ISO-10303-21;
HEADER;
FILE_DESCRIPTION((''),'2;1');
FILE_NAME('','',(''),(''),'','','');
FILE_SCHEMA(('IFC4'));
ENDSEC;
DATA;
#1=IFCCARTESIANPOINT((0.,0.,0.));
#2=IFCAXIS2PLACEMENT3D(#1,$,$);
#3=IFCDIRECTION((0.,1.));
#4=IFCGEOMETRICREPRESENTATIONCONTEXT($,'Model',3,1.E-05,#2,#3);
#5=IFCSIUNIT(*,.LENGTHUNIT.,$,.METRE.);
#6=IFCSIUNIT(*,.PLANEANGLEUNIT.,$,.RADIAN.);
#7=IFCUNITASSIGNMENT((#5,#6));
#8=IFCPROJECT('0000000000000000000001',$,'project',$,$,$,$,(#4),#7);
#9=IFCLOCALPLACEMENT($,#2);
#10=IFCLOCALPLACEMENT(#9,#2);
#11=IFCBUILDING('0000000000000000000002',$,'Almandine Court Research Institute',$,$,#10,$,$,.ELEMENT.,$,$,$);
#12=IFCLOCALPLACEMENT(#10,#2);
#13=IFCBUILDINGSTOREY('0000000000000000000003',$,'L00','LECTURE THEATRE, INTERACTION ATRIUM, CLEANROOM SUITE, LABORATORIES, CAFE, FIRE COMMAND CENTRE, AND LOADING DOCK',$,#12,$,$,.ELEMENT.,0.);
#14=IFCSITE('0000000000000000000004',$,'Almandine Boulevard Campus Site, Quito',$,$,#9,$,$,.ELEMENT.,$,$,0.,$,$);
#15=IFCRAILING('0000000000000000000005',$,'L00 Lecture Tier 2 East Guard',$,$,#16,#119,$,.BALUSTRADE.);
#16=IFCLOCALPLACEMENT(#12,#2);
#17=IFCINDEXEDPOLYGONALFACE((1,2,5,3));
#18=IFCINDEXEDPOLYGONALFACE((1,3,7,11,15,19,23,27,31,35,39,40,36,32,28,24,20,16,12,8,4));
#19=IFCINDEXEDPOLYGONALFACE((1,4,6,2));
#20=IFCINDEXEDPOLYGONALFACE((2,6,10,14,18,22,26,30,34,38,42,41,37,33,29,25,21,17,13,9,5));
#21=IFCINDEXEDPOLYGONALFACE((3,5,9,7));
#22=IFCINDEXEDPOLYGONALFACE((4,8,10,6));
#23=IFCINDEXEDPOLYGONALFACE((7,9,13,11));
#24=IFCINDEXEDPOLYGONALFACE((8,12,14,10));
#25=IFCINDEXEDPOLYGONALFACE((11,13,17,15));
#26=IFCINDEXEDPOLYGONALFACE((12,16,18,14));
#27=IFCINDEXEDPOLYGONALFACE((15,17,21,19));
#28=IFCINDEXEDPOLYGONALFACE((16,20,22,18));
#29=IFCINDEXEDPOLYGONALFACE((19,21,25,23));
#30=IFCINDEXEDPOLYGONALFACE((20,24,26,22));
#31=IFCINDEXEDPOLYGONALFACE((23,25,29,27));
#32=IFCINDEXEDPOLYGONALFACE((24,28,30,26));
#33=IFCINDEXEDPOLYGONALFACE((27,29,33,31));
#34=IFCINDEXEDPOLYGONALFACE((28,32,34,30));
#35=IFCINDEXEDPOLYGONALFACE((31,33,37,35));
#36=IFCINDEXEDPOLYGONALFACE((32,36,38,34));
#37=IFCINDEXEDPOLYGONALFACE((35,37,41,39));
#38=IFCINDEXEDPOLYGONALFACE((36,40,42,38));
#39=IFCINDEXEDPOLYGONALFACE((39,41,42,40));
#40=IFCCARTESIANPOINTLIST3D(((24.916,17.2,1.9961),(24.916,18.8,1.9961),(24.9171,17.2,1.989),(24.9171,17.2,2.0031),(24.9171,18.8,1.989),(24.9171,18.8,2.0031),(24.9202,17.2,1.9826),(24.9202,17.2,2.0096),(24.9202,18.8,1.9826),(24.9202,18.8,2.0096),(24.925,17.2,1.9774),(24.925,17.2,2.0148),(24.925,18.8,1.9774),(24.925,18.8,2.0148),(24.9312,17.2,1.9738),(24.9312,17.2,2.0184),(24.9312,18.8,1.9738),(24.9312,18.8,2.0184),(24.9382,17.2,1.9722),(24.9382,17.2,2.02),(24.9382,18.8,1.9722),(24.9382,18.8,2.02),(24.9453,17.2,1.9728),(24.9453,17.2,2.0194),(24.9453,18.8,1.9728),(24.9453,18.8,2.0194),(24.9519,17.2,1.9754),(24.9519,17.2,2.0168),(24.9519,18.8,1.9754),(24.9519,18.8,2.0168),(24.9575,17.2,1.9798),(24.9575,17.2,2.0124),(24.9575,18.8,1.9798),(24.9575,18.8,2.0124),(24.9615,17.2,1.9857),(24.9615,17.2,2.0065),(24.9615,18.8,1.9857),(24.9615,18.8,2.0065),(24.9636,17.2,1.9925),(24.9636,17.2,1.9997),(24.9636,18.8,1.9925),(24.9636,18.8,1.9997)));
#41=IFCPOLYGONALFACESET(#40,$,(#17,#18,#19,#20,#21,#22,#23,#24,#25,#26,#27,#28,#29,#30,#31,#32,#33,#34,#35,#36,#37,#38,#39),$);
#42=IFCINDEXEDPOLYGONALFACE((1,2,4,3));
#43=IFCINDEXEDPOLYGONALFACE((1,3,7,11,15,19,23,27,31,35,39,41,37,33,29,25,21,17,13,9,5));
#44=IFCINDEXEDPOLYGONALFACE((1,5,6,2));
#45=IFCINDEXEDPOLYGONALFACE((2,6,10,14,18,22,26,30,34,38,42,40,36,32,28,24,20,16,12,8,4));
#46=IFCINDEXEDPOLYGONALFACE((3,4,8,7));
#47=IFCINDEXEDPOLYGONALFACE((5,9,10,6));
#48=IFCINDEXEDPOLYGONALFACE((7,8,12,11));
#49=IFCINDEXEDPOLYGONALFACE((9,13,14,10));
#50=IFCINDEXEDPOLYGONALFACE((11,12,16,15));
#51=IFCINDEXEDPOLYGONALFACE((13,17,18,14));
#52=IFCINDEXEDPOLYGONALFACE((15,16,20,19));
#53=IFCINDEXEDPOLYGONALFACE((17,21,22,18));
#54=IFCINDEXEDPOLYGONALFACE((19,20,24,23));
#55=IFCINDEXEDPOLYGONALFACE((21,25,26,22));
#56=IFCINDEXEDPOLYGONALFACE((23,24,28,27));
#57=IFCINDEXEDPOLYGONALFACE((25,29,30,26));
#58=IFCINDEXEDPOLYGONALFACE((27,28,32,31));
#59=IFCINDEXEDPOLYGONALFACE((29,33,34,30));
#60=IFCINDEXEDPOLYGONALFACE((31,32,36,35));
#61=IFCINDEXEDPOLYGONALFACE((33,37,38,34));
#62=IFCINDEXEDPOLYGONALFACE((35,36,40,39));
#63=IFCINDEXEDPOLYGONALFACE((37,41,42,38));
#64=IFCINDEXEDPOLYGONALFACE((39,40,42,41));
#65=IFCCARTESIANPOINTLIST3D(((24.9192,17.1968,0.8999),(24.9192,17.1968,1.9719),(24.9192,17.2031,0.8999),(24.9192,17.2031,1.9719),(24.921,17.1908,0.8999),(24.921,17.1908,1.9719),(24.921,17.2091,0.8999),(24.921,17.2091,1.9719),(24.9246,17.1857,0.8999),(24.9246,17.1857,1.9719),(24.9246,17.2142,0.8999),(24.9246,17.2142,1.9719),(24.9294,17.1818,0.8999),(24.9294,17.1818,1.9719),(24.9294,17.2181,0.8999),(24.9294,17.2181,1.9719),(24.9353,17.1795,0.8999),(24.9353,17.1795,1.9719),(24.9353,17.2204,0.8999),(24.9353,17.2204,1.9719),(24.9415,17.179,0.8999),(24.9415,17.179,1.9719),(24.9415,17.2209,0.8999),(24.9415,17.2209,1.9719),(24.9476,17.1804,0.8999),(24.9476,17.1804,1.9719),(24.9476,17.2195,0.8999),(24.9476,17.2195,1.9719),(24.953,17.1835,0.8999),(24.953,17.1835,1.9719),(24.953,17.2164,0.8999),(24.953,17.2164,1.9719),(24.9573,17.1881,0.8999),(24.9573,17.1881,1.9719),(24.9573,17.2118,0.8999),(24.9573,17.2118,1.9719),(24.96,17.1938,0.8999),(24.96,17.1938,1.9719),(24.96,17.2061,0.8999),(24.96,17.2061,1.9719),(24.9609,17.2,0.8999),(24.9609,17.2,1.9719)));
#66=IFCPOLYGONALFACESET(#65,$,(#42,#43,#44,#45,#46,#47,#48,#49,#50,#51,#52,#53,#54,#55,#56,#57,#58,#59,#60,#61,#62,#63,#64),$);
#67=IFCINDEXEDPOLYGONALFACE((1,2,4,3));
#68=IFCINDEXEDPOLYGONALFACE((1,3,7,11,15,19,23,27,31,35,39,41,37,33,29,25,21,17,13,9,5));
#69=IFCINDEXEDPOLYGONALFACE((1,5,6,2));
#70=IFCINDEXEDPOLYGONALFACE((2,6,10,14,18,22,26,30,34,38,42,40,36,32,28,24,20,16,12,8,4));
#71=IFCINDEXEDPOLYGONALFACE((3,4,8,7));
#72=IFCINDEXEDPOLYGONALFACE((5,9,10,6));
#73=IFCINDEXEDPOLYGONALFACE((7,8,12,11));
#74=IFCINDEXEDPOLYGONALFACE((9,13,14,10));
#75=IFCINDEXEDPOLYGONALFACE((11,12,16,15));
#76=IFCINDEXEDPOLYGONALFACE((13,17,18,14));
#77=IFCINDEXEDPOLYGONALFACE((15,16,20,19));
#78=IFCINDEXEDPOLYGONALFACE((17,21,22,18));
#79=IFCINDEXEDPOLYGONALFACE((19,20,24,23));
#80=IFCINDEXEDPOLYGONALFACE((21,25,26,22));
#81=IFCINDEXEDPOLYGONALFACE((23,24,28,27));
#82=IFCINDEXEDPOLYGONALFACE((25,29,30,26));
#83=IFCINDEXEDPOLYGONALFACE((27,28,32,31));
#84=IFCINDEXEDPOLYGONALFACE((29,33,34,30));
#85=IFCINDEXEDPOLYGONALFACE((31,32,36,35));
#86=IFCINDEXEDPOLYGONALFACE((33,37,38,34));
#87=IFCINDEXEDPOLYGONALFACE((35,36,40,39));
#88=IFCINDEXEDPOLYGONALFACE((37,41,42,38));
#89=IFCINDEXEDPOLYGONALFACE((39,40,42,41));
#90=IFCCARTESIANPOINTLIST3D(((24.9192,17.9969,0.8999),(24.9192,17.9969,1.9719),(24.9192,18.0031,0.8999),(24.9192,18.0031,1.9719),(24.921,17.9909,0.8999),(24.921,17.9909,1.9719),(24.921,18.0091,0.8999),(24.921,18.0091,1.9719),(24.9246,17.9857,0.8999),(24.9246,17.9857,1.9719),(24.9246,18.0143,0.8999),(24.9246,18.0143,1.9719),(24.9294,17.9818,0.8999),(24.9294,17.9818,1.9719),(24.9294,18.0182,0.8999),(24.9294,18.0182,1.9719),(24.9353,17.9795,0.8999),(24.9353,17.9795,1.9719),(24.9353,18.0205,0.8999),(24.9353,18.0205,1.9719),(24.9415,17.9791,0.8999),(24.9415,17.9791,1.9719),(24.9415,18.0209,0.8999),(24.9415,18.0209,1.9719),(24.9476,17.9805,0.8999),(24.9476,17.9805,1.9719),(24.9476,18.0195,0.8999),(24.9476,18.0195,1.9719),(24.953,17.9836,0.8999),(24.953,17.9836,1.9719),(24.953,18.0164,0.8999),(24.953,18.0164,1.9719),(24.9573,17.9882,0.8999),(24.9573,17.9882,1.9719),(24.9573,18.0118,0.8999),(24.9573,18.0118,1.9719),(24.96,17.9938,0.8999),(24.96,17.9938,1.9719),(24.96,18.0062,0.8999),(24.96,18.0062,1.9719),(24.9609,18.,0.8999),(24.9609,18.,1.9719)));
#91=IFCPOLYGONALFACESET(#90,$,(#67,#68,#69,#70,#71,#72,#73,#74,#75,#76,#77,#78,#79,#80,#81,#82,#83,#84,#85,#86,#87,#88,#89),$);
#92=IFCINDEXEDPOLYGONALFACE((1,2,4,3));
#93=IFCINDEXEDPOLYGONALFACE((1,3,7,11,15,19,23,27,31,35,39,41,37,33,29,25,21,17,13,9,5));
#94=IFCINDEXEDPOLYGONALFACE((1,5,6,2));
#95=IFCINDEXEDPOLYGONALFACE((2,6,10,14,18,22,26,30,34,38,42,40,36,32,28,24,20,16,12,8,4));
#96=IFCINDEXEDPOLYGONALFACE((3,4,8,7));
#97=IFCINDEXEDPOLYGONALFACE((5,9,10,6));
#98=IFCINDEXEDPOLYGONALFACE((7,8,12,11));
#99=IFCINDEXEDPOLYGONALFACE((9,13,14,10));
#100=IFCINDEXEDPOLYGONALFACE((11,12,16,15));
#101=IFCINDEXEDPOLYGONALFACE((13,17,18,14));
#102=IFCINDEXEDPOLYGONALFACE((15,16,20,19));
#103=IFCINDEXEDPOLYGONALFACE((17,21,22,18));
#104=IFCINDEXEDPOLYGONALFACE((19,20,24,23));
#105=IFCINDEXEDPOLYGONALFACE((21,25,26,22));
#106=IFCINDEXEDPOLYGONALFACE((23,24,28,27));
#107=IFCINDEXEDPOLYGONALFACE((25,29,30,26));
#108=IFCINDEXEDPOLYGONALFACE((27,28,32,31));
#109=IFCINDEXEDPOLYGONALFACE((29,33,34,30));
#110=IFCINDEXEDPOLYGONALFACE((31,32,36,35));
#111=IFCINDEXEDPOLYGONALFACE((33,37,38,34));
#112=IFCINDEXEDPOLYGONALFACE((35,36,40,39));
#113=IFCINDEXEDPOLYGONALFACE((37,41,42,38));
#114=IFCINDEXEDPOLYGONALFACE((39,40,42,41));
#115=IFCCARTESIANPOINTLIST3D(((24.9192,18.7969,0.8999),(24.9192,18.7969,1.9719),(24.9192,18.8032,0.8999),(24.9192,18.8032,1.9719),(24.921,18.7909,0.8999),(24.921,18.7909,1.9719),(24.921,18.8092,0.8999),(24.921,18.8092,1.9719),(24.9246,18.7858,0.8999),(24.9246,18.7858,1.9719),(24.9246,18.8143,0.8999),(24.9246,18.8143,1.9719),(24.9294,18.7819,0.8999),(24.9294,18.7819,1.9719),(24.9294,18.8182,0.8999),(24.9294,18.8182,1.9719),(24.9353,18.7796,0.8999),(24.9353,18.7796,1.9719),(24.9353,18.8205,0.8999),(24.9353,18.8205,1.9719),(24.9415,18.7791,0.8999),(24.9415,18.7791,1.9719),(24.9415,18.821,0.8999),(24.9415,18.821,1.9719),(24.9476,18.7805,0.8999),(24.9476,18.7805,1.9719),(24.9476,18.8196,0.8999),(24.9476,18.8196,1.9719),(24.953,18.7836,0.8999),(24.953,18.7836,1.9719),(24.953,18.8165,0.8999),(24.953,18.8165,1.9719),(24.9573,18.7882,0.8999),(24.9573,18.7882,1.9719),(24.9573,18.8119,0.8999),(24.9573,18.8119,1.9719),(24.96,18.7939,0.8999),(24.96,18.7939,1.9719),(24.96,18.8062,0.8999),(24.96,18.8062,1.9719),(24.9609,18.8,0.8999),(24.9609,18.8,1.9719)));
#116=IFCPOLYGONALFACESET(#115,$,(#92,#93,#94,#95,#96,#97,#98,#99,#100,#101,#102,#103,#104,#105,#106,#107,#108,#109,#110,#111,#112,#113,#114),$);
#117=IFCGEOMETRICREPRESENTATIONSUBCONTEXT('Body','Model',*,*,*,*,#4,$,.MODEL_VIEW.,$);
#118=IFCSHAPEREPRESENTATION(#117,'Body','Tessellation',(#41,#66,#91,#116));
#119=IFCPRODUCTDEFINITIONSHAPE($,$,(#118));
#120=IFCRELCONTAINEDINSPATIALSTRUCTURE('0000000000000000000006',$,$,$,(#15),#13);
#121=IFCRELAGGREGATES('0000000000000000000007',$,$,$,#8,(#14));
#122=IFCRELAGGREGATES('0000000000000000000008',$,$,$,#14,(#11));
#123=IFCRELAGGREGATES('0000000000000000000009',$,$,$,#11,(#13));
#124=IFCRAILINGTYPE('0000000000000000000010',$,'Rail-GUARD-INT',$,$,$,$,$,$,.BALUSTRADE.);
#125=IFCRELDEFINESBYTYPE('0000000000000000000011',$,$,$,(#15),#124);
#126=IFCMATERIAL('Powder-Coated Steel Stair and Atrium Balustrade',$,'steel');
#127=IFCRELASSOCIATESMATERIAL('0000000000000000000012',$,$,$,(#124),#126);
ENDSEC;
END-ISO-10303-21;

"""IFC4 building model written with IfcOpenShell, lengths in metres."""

from ifc_helpers import new_model, si_unit, direction, frame, origin, origin_2d, place, context, subcontext, project, spatial, circle, extrude, material, type_object, element, save


model = new_model("IFC4")

# Units and contexts
model_context = context("Model", 3, precision=1e-05, world=origin(), true_north=direction((0.0, 1.0)))
body_context = subcontext(model_context, "Body", "Model", "MODEL_VIEW")
ifc_project = project(units=[si_unit("LENGTHUNIT", "METRE"), si_unit("PLANEANGLEUNIT", "RADIAN")], contexts=[model_context])

# Site, building, storey
site_placement = place(None, origin())
site = spatial("IfcSite", under=ifc_project, at=site_placement, Name="Almandine Boulevard Campus Site, Quito", CompositionType="ELEMENT", RefElevation=0.0)
building_placement = place(site_placement, origin())
building = spatial("IfcBuilding", under=site, at=building_placement, Name="Almandine Court Research Institute", CompositionType="ELEMENT")
storey_placement = place(building_placement, origin())
storey = spatial("IfcBuildingStorey", under=building, at=storey_placement, Name="L00", Description="LECTURE THEATRE, INTERACTION ATRIUM, CLEANROOM SUITE, LABORATORIES, CAFE, FIRE COMMAND CENTRE, AND LOADING DOCK", CompositionType="ELEMENT", Elevation=0.0)

# Railing
ifc_material_1 = material(Name="Powder-Coated Steel Stair and Atrium Balustrade", Category="steel")
railing_type = type_object("IfcRailingType", Name="Rail-GUARD-INT", PredefinedType="BALUSTRADE", material=ifc_material_1)
railing_1_placement = place(storey_placement, frame((24.9399, 17.2, 0.8999)))
element("IfcRailing", 1, at=railing_1_placement, inside=storey, type_object=railing_type, Name="L00 Lecture Tier 2 East Guard", PredefinedType="BALUSTRADE", context=body_context, shape_type="SweptSolid", body=[
    extrude(circle(Radius=0.0239, at=origin_2d()), frame((0.0, 0.0, 1.0962), z_axis=(0.0, 1.0, 0.0), x_axis=(-1.0, 0.0, 0.0)), (0.0, 0.0, 1.0), 1.6001),
    extrude(circle(Radius=0.021, at=origin_2d()), origin(), (0.0, 0.0, 1.0), 1.072),
    extrude(circle(Radius=0.021, at=origin_2d()), frame((0.0, 0.8, 0.0)), (0.0, 0.0, 1.0), 1.072),
    extrude(circle(Radius=0.021, at=origin_2d()), frame((0.0, 1.6001, 0.0)), (0.0, 0.0, 1.0), 1.072),
])

save(model, "model.ifc")
